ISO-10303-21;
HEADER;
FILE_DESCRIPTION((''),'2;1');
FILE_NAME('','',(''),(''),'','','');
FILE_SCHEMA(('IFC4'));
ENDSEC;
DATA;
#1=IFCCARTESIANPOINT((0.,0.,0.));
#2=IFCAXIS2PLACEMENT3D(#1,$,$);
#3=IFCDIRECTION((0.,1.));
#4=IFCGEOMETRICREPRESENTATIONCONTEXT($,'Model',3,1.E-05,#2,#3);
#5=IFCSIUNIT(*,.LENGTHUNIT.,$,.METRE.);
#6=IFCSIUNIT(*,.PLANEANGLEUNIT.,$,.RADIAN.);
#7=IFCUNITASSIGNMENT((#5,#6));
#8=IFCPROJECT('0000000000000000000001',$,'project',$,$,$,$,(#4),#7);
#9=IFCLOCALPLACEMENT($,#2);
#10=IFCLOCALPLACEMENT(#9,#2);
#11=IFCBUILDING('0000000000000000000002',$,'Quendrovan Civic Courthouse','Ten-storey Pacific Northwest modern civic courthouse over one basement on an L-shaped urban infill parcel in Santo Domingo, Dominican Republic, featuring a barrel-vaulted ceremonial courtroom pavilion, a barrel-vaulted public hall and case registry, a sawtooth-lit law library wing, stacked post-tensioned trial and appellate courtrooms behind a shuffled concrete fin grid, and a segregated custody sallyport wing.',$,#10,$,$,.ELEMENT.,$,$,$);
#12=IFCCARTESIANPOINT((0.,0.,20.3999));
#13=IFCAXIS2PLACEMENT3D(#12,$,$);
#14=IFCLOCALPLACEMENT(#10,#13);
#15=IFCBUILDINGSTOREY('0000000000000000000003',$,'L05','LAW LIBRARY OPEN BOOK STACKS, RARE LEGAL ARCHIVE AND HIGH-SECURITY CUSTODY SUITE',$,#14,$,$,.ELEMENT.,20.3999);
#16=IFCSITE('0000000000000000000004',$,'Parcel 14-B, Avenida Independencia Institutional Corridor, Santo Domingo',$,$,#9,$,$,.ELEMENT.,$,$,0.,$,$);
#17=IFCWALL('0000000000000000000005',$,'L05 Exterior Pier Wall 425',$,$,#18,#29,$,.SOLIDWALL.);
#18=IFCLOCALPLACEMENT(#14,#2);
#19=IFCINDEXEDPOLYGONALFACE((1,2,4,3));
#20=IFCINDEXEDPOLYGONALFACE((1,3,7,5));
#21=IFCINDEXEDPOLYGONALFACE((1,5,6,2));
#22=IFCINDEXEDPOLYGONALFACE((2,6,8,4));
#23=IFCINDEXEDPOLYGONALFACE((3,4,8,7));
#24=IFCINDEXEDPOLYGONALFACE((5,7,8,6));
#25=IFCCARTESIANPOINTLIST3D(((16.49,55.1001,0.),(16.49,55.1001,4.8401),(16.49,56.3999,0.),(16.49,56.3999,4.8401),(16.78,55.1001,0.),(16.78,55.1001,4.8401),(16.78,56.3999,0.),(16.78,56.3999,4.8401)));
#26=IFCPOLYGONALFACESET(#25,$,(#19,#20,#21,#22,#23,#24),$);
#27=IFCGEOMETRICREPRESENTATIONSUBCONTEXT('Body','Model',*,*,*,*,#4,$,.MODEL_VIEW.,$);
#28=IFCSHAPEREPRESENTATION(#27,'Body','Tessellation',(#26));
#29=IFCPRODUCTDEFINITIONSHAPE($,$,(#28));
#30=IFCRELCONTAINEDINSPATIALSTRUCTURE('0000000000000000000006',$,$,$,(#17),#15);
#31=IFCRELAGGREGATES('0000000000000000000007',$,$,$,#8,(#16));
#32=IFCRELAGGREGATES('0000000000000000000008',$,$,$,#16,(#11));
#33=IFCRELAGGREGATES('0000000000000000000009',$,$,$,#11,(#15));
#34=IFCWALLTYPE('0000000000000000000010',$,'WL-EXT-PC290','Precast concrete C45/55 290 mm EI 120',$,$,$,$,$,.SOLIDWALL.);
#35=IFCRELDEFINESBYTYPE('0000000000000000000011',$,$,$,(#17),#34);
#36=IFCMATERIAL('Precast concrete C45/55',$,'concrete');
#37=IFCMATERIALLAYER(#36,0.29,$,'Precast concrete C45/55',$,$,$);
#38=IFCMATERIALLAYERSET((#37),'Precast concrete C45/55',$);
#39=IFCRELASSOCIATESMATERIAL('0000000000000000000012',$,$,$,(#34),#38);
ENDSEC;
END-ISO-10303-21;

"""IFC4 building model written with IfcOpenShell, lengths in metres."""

from ifc_helpers import new_model, si_unit, direction, frame, frame_2d, origin, place, context, subcontext, project, spatial, rectangle, extrude, material, layer, layer_set, type_object, element, save


model = new_model("IFC4")

# Units and contexts
model_context = context("Model", 3, precision=1e-05, world=origin(), true_north=direction((0.0, 1.0)))
body_context = subcontext(model_context, "Body", "Model", "MODEL_VIEW")
ifc_project = project(units=[si_unit("LENGTHUNIT", "METRE"), si_unit("PLANEANGLEUNIT", "RADIAN")], contexts=[model_context])

# Site, building, storey
site_placement = place(None, origin())
site = spatial("IfcSite", under=ifc_project, at=site_placement, Name="Parcel 14-B, Avenida Independencia Institutional Corridor, Santo Domingo", CompositionType="ELEMENT", RefElevation=0.0)
building_placement = place(site_placement, origin())
building = spatial("IfcBuilding", under=site, at=building_placement, Name="Quendrovan Civic Courthouse", Description="Ten-storey Pacific Northwest modern civic courthouse over one basement on an L-shaped urban infill parcel in Santo Domingo, Dominican Republic, featuring a barrel-vaulted ceremonial courtroom pavilion, a barrel-vaulted public hall and case registry, a sawtooth-lit law library wing, stacked post-tensioned trial and appellate courtrooms behind a shuffled concrete fin grid, and a segregated custody sallyport wing.", CompositionType="ELEMENT")
storey_placement = place(building_placement, frame((0.0, 0.0, 20.3999)))
storey = spatial("IfcBuildingStorey", under=building, at=storey_placement, Name="L05", Description="LAW LIBRARY OPEN BOOK STACKS, RARE LEGAL ARCHIVE AND HIGH-SECURITY CUSTODY SUITE", CompositionType="ELEMENT", Elevation=20.3999)

# Wall
ifc_material_1 = material(Name="Precast concrete C45/55", Category="concrete")
ifc_layer_1 = layer(ifc_material_1, 0.29, Name="Precast concrete C45/55")
ifc_layer_set_1 = layer_set([ifc_layer_1], Name="Precast concrete C45/55")
wall_type = type_object("IfcWallType", Name="WL-EXT-PC290", Description="Precast concrete C45/55 290 mm EI 120", PredefinedType="SOLIDWALL", material=ifc_layer_set_1)
wall_placement = place(storey_placement, frame((16.635, 56.3999, 0.0), z_axis=(0.0, 0.0, 1.0), x_axis=(0.0, -1.0, 0.0)))
element("IfcWall", 1, at=wall_placement, inside=storey, type_object=wall_type, Name="L05 Exterior Pier Wall 425", PredefinedType="SOLIDWALL", context=body_context, shape_type="SweptSolid", body=[
    extrude(rectangle(XDim=1.2998, YDim=0.29, at=frame_2d((0.6499, 0.0))), origin(), (0.0, 0.0, 1.0), 4.8401),
])

save(model, "model.ifc")
